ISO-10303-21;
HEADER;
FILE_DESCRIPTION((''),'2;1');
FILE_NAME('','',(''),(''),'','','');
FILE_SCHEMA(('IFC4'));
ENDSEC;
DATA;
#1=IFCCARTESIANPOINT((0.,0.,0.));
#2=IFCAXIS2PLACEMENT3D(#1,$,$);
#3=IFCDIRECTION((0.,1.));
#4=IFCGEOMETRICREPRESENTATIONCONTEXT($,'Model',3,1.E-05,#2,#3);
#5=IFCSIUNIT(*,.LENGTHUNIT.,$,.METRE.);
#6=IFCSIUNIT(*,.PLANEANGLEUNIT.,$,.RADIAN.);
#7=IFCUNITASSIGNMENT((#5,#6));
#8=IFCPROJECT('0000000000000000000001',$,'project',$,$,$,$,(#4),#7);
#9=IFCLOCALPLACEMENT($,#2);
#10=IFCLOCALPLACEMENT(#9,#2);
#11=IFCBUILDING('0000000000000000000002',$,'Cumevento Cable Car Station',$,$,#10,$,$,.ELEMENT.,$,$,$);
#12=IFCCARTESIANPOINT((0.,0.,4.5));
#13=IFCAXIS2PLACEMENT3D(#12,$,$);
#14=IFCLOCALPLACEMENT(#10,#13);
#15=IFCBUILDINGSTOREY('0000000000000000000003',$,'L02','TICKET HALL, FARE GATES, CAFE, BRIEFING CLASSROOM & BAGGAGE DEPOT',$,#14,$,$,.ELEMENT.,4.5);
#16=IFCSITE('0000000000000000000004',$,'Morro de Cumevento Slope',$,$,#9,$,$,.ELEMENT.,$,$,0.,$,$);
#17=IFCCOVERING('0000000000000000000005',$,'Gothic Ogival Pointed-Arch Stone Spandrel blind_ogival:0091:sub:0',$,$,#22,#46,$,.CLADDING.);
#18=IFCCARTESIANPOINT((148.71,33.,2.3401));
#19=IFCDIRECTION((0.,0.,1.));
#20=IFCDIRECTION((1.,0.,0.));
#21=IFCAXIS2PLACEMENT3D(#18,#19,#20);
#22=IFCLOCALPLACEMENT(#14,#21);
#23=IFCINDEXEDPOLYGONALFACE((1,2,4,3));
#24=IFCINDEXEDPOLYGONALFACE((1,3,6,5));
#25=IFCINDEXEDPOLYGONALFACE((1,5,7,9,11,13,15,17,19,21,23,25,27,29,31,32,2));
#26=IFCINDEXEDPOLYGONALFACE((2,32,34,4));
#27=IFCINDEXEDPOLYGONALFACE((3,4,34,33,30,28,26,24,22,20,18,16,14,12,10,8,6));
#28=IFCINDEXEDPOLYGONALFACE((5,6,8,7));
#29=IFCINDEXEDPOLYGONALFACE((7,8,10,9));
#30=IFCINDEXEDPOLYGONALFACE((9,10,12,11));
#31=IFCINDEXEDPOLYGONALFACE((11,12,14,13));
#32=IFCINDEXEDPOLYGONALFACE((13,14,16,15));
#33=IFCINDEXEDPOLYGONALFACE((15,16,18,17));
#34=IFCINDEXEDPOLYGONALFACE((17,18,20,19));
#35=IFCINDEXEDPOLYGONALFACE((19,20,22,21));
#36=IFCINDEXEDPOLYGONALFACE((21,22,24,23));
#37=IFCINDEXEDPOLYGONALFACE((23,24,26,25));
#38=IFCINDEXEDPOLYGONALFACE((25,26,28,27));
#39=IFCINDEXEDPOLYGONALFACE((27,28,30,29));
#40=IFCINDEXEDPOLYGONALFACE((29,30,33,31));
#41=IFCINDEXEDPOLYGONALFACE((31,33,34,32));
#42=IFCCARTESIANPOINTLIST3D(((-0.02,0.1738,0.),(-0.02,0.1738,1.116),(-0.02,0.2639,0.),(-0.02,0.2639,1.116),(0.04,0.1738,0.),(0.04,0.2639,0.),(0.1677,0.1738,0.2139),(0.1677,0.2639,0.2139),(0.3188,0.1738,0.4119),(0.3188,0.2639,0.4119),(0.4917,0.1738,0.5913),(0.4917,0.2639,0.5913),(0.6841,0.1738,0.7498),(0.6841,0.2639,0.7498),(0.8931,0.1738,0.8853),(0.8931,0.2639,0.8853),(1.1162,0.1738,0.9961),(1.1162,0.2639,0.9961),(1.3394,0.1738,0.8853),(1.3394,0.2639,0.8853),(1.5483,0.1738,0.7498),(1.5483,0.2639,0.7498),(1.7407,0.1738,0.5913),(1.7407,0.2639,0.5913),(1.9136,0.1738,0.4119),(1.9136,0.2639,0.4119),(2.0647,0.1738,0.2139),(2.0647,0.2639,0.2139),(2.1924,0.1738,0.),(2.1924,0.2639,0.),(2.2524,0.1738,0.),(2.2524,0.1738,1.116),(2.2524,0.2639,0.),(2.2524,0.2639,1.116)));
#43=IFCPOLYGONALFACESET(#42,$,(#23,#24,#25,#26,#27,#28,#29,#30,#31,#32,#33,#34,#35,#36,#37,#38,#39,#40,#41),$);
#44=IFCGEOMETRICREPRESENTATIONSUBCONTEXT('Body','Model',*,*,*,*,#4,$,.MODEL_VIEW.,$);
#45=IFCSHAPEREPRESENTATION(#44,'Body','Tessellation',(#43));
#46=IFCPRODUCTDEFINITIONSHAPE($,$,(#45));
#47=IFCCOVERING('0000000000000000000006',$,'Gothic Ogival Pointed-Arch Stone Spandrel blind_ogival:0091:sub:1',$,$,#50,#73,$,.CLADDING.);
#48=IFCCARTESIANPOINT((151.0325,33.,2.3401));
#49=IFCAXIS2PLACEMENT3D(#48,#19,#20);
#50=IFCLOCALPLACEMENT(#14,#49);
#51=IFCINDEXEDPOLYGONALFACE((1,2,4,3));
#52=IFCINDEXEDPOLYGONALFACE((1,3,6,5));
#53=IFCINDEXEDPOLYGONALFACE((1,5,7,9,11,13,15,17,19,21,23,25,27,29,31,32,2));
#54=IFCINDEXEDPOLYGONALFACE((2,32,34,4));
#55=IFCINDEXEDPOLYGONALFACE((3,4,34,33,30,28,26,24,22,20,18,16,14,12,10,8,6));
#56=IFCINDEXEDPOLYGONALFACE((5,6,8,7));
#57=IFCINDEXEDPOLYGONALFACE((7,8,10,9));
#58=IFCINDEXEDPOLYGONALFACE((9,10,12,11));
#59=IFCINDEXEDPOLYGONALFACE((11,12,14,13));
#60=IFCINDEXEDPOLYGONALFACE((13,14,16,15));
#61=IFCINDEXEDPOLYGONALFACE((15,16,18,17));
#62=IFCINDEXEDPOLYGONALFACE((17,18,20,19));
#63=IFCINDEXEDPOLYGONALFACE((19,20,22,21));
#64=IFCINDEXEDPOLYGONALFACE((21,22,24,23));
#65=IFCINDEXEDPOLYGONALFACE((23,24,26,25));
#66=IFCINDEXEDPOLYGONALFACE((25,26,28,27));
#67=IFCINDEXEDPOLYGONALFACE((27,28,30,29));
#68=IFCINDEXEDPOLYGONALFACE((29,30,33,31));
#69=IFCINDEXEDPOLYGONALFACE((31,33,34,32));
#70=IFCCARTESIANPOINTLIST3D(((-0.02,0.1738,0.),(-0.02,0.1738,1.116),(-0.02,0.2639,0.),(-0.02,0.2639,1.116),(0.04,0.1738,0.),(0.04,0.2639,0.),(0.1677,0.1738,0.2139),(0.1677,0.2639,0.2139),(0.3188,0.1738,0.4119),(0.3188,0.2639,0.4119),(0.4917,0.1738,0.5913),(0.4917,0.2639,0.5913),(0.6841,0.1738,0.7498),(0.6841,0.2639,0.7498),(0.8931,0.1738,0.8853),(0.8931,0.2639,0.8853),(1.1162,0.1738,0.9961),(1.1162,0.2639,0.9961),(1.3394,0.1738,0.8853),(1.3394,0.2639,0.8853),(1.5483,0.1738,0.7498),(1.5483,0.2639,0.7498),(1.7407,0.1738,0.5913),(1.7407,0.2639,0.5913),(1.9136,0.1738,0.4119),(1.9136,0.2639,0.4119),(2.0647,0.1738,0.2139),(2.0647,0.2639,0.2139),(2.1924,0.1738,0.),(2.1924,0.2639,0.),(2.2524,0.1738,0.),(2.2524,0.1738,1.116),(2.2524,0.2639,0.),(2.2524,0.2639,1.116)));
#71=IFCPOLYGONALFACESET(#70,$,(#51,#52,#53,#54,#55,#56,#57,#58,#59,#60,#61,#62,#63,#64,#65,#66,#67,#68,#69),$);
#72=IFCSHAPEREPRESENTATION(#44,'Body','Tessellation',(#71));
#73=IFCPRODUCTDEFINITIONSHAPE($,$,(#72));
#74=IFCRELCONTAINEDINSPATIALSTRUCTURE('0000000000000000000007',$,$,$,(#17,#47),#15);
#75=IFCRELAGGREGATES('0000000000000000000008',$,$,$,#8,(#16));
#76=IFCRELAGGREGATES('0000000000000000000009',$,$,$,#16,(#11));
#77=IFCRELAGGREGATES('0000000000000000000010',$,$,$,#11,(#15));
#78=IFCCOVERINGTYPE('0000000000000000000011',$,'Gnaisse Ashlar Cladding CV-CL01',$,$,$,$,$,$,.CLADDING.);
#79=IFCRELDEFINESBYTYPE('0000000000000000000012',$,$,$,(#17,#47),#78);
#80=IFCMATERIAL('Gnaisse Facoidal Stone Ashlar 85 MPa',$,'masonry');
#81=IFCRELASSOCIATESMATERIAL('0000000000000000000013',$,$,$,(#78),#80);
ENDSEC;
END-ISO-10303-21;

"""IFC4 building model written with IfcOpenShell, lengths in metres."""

from ifc_helpers import new_model, si_unit, direction, frame, origin, place, context, subcontext, project, spatial, polyline, outline, extrude, material, type_object, element, save


model = new_model("IFC4")

# Units and contexts
model_context = context("Model", 3, precision=1e-05, world=origin(), true_north=direction((0.0, 1.0)))
body_context = subcontext(model_context, "Body", "Model", "MODEL_VIEW")
ifc_project = project(units=[si_unit("LENGTHUNIT", "METRE"), si_unit("PLANEANGLEUNIT", "RADIAN")], contexts=[model_context])

# Site, building, storey
site_placement = place(None, origin())
site = spatial("IfcSite", under=ifc_project, at=site_placement, Name="Morro de Cumevento Slope", CompositionType="ELEMENT", RefElevation=0.0)
building_placement = place(site_placement, origin())
building = spatial("IfcBuilding", under=site, at=building_placement, Name="Cumevento Cable Car Station", CompositionType="ELEMENT")
storey_placement = place(building_placement, frame((0.0, 0.0, 4.5)))
storey = spatial("IfcBuildingStorey", under=building, at=storey_placement, Name="L02", Description="TICKET HALL, FARE GATES, CAFE, BRIEFING CLASSROOM & BAGGAGE DEPOT", CompositionType="ELEMENT", Elevation=4.5)

# Coverings
ifc_material_1 = material(Name="Gnaisse Facoidal Stone Ashlar 85 MPa", Category="masonry")
covering_type = type_object("IfcCoveringType", Name="Gnaisse Ashlar Cladding CV-CL01", PredefinedType="CLADDING", material=ifc_material_1)
for number, where, z_axis, x_axis, name in (
    (1, (148.71, 33.0, 2.3401), (0.0, 0.0, 1.0), (1.0, 0.0, 0.0), "Gothic Ogival Pointed-Arch Stone Spandrel blind_ogival:0091:sub:0"),
    (2, (151.0325, 33.0, 2.3401), (0.0, 0.0, 1.0), (1.0, 0.0, 0.0), "Gothic Ogival Pointed-Arch Stone Spandrel blind_ogival:0091:sub:1"),
):
    element("IfcCovering", number, at=place(storey_placement, frame(where, z_axis=z_axis, x_axis=x_axis)), inside=storey, type_object=covering_type, Name=name, PredefinedType="CLADDING", context=body_context, shape_type="SweptSolid", body=[
        extrude(outline(polyline([(-0.02, 0.0), (-0.02, 1.116), (2.2524, 1.116), (2.2524, 0.0), (2.1924, 0.0), (2.0647, 0.2139), (1.9136, 0.4119), (1.7407, 0.5913), (1.5483, 0.7498), (1.3394, 0.8853), (1.1162, 0.9961), (0.8931, 0.8853), (0.6841, 0.7498), (0.4917, 0.5913), (0.3188, 0.4119), (0.1677, 0.2139), (0.04, 0.0), (-0.02, 0.0)])), frame((0.0, 0.2639, 0.0), z_axis=(0.0, -1.0, 0.0), x_axis=(1.0, 0.0, 0.0)), (0.0, 0.0, 1.0), 0.0901),
    ])

save(model, "model.ifc")
